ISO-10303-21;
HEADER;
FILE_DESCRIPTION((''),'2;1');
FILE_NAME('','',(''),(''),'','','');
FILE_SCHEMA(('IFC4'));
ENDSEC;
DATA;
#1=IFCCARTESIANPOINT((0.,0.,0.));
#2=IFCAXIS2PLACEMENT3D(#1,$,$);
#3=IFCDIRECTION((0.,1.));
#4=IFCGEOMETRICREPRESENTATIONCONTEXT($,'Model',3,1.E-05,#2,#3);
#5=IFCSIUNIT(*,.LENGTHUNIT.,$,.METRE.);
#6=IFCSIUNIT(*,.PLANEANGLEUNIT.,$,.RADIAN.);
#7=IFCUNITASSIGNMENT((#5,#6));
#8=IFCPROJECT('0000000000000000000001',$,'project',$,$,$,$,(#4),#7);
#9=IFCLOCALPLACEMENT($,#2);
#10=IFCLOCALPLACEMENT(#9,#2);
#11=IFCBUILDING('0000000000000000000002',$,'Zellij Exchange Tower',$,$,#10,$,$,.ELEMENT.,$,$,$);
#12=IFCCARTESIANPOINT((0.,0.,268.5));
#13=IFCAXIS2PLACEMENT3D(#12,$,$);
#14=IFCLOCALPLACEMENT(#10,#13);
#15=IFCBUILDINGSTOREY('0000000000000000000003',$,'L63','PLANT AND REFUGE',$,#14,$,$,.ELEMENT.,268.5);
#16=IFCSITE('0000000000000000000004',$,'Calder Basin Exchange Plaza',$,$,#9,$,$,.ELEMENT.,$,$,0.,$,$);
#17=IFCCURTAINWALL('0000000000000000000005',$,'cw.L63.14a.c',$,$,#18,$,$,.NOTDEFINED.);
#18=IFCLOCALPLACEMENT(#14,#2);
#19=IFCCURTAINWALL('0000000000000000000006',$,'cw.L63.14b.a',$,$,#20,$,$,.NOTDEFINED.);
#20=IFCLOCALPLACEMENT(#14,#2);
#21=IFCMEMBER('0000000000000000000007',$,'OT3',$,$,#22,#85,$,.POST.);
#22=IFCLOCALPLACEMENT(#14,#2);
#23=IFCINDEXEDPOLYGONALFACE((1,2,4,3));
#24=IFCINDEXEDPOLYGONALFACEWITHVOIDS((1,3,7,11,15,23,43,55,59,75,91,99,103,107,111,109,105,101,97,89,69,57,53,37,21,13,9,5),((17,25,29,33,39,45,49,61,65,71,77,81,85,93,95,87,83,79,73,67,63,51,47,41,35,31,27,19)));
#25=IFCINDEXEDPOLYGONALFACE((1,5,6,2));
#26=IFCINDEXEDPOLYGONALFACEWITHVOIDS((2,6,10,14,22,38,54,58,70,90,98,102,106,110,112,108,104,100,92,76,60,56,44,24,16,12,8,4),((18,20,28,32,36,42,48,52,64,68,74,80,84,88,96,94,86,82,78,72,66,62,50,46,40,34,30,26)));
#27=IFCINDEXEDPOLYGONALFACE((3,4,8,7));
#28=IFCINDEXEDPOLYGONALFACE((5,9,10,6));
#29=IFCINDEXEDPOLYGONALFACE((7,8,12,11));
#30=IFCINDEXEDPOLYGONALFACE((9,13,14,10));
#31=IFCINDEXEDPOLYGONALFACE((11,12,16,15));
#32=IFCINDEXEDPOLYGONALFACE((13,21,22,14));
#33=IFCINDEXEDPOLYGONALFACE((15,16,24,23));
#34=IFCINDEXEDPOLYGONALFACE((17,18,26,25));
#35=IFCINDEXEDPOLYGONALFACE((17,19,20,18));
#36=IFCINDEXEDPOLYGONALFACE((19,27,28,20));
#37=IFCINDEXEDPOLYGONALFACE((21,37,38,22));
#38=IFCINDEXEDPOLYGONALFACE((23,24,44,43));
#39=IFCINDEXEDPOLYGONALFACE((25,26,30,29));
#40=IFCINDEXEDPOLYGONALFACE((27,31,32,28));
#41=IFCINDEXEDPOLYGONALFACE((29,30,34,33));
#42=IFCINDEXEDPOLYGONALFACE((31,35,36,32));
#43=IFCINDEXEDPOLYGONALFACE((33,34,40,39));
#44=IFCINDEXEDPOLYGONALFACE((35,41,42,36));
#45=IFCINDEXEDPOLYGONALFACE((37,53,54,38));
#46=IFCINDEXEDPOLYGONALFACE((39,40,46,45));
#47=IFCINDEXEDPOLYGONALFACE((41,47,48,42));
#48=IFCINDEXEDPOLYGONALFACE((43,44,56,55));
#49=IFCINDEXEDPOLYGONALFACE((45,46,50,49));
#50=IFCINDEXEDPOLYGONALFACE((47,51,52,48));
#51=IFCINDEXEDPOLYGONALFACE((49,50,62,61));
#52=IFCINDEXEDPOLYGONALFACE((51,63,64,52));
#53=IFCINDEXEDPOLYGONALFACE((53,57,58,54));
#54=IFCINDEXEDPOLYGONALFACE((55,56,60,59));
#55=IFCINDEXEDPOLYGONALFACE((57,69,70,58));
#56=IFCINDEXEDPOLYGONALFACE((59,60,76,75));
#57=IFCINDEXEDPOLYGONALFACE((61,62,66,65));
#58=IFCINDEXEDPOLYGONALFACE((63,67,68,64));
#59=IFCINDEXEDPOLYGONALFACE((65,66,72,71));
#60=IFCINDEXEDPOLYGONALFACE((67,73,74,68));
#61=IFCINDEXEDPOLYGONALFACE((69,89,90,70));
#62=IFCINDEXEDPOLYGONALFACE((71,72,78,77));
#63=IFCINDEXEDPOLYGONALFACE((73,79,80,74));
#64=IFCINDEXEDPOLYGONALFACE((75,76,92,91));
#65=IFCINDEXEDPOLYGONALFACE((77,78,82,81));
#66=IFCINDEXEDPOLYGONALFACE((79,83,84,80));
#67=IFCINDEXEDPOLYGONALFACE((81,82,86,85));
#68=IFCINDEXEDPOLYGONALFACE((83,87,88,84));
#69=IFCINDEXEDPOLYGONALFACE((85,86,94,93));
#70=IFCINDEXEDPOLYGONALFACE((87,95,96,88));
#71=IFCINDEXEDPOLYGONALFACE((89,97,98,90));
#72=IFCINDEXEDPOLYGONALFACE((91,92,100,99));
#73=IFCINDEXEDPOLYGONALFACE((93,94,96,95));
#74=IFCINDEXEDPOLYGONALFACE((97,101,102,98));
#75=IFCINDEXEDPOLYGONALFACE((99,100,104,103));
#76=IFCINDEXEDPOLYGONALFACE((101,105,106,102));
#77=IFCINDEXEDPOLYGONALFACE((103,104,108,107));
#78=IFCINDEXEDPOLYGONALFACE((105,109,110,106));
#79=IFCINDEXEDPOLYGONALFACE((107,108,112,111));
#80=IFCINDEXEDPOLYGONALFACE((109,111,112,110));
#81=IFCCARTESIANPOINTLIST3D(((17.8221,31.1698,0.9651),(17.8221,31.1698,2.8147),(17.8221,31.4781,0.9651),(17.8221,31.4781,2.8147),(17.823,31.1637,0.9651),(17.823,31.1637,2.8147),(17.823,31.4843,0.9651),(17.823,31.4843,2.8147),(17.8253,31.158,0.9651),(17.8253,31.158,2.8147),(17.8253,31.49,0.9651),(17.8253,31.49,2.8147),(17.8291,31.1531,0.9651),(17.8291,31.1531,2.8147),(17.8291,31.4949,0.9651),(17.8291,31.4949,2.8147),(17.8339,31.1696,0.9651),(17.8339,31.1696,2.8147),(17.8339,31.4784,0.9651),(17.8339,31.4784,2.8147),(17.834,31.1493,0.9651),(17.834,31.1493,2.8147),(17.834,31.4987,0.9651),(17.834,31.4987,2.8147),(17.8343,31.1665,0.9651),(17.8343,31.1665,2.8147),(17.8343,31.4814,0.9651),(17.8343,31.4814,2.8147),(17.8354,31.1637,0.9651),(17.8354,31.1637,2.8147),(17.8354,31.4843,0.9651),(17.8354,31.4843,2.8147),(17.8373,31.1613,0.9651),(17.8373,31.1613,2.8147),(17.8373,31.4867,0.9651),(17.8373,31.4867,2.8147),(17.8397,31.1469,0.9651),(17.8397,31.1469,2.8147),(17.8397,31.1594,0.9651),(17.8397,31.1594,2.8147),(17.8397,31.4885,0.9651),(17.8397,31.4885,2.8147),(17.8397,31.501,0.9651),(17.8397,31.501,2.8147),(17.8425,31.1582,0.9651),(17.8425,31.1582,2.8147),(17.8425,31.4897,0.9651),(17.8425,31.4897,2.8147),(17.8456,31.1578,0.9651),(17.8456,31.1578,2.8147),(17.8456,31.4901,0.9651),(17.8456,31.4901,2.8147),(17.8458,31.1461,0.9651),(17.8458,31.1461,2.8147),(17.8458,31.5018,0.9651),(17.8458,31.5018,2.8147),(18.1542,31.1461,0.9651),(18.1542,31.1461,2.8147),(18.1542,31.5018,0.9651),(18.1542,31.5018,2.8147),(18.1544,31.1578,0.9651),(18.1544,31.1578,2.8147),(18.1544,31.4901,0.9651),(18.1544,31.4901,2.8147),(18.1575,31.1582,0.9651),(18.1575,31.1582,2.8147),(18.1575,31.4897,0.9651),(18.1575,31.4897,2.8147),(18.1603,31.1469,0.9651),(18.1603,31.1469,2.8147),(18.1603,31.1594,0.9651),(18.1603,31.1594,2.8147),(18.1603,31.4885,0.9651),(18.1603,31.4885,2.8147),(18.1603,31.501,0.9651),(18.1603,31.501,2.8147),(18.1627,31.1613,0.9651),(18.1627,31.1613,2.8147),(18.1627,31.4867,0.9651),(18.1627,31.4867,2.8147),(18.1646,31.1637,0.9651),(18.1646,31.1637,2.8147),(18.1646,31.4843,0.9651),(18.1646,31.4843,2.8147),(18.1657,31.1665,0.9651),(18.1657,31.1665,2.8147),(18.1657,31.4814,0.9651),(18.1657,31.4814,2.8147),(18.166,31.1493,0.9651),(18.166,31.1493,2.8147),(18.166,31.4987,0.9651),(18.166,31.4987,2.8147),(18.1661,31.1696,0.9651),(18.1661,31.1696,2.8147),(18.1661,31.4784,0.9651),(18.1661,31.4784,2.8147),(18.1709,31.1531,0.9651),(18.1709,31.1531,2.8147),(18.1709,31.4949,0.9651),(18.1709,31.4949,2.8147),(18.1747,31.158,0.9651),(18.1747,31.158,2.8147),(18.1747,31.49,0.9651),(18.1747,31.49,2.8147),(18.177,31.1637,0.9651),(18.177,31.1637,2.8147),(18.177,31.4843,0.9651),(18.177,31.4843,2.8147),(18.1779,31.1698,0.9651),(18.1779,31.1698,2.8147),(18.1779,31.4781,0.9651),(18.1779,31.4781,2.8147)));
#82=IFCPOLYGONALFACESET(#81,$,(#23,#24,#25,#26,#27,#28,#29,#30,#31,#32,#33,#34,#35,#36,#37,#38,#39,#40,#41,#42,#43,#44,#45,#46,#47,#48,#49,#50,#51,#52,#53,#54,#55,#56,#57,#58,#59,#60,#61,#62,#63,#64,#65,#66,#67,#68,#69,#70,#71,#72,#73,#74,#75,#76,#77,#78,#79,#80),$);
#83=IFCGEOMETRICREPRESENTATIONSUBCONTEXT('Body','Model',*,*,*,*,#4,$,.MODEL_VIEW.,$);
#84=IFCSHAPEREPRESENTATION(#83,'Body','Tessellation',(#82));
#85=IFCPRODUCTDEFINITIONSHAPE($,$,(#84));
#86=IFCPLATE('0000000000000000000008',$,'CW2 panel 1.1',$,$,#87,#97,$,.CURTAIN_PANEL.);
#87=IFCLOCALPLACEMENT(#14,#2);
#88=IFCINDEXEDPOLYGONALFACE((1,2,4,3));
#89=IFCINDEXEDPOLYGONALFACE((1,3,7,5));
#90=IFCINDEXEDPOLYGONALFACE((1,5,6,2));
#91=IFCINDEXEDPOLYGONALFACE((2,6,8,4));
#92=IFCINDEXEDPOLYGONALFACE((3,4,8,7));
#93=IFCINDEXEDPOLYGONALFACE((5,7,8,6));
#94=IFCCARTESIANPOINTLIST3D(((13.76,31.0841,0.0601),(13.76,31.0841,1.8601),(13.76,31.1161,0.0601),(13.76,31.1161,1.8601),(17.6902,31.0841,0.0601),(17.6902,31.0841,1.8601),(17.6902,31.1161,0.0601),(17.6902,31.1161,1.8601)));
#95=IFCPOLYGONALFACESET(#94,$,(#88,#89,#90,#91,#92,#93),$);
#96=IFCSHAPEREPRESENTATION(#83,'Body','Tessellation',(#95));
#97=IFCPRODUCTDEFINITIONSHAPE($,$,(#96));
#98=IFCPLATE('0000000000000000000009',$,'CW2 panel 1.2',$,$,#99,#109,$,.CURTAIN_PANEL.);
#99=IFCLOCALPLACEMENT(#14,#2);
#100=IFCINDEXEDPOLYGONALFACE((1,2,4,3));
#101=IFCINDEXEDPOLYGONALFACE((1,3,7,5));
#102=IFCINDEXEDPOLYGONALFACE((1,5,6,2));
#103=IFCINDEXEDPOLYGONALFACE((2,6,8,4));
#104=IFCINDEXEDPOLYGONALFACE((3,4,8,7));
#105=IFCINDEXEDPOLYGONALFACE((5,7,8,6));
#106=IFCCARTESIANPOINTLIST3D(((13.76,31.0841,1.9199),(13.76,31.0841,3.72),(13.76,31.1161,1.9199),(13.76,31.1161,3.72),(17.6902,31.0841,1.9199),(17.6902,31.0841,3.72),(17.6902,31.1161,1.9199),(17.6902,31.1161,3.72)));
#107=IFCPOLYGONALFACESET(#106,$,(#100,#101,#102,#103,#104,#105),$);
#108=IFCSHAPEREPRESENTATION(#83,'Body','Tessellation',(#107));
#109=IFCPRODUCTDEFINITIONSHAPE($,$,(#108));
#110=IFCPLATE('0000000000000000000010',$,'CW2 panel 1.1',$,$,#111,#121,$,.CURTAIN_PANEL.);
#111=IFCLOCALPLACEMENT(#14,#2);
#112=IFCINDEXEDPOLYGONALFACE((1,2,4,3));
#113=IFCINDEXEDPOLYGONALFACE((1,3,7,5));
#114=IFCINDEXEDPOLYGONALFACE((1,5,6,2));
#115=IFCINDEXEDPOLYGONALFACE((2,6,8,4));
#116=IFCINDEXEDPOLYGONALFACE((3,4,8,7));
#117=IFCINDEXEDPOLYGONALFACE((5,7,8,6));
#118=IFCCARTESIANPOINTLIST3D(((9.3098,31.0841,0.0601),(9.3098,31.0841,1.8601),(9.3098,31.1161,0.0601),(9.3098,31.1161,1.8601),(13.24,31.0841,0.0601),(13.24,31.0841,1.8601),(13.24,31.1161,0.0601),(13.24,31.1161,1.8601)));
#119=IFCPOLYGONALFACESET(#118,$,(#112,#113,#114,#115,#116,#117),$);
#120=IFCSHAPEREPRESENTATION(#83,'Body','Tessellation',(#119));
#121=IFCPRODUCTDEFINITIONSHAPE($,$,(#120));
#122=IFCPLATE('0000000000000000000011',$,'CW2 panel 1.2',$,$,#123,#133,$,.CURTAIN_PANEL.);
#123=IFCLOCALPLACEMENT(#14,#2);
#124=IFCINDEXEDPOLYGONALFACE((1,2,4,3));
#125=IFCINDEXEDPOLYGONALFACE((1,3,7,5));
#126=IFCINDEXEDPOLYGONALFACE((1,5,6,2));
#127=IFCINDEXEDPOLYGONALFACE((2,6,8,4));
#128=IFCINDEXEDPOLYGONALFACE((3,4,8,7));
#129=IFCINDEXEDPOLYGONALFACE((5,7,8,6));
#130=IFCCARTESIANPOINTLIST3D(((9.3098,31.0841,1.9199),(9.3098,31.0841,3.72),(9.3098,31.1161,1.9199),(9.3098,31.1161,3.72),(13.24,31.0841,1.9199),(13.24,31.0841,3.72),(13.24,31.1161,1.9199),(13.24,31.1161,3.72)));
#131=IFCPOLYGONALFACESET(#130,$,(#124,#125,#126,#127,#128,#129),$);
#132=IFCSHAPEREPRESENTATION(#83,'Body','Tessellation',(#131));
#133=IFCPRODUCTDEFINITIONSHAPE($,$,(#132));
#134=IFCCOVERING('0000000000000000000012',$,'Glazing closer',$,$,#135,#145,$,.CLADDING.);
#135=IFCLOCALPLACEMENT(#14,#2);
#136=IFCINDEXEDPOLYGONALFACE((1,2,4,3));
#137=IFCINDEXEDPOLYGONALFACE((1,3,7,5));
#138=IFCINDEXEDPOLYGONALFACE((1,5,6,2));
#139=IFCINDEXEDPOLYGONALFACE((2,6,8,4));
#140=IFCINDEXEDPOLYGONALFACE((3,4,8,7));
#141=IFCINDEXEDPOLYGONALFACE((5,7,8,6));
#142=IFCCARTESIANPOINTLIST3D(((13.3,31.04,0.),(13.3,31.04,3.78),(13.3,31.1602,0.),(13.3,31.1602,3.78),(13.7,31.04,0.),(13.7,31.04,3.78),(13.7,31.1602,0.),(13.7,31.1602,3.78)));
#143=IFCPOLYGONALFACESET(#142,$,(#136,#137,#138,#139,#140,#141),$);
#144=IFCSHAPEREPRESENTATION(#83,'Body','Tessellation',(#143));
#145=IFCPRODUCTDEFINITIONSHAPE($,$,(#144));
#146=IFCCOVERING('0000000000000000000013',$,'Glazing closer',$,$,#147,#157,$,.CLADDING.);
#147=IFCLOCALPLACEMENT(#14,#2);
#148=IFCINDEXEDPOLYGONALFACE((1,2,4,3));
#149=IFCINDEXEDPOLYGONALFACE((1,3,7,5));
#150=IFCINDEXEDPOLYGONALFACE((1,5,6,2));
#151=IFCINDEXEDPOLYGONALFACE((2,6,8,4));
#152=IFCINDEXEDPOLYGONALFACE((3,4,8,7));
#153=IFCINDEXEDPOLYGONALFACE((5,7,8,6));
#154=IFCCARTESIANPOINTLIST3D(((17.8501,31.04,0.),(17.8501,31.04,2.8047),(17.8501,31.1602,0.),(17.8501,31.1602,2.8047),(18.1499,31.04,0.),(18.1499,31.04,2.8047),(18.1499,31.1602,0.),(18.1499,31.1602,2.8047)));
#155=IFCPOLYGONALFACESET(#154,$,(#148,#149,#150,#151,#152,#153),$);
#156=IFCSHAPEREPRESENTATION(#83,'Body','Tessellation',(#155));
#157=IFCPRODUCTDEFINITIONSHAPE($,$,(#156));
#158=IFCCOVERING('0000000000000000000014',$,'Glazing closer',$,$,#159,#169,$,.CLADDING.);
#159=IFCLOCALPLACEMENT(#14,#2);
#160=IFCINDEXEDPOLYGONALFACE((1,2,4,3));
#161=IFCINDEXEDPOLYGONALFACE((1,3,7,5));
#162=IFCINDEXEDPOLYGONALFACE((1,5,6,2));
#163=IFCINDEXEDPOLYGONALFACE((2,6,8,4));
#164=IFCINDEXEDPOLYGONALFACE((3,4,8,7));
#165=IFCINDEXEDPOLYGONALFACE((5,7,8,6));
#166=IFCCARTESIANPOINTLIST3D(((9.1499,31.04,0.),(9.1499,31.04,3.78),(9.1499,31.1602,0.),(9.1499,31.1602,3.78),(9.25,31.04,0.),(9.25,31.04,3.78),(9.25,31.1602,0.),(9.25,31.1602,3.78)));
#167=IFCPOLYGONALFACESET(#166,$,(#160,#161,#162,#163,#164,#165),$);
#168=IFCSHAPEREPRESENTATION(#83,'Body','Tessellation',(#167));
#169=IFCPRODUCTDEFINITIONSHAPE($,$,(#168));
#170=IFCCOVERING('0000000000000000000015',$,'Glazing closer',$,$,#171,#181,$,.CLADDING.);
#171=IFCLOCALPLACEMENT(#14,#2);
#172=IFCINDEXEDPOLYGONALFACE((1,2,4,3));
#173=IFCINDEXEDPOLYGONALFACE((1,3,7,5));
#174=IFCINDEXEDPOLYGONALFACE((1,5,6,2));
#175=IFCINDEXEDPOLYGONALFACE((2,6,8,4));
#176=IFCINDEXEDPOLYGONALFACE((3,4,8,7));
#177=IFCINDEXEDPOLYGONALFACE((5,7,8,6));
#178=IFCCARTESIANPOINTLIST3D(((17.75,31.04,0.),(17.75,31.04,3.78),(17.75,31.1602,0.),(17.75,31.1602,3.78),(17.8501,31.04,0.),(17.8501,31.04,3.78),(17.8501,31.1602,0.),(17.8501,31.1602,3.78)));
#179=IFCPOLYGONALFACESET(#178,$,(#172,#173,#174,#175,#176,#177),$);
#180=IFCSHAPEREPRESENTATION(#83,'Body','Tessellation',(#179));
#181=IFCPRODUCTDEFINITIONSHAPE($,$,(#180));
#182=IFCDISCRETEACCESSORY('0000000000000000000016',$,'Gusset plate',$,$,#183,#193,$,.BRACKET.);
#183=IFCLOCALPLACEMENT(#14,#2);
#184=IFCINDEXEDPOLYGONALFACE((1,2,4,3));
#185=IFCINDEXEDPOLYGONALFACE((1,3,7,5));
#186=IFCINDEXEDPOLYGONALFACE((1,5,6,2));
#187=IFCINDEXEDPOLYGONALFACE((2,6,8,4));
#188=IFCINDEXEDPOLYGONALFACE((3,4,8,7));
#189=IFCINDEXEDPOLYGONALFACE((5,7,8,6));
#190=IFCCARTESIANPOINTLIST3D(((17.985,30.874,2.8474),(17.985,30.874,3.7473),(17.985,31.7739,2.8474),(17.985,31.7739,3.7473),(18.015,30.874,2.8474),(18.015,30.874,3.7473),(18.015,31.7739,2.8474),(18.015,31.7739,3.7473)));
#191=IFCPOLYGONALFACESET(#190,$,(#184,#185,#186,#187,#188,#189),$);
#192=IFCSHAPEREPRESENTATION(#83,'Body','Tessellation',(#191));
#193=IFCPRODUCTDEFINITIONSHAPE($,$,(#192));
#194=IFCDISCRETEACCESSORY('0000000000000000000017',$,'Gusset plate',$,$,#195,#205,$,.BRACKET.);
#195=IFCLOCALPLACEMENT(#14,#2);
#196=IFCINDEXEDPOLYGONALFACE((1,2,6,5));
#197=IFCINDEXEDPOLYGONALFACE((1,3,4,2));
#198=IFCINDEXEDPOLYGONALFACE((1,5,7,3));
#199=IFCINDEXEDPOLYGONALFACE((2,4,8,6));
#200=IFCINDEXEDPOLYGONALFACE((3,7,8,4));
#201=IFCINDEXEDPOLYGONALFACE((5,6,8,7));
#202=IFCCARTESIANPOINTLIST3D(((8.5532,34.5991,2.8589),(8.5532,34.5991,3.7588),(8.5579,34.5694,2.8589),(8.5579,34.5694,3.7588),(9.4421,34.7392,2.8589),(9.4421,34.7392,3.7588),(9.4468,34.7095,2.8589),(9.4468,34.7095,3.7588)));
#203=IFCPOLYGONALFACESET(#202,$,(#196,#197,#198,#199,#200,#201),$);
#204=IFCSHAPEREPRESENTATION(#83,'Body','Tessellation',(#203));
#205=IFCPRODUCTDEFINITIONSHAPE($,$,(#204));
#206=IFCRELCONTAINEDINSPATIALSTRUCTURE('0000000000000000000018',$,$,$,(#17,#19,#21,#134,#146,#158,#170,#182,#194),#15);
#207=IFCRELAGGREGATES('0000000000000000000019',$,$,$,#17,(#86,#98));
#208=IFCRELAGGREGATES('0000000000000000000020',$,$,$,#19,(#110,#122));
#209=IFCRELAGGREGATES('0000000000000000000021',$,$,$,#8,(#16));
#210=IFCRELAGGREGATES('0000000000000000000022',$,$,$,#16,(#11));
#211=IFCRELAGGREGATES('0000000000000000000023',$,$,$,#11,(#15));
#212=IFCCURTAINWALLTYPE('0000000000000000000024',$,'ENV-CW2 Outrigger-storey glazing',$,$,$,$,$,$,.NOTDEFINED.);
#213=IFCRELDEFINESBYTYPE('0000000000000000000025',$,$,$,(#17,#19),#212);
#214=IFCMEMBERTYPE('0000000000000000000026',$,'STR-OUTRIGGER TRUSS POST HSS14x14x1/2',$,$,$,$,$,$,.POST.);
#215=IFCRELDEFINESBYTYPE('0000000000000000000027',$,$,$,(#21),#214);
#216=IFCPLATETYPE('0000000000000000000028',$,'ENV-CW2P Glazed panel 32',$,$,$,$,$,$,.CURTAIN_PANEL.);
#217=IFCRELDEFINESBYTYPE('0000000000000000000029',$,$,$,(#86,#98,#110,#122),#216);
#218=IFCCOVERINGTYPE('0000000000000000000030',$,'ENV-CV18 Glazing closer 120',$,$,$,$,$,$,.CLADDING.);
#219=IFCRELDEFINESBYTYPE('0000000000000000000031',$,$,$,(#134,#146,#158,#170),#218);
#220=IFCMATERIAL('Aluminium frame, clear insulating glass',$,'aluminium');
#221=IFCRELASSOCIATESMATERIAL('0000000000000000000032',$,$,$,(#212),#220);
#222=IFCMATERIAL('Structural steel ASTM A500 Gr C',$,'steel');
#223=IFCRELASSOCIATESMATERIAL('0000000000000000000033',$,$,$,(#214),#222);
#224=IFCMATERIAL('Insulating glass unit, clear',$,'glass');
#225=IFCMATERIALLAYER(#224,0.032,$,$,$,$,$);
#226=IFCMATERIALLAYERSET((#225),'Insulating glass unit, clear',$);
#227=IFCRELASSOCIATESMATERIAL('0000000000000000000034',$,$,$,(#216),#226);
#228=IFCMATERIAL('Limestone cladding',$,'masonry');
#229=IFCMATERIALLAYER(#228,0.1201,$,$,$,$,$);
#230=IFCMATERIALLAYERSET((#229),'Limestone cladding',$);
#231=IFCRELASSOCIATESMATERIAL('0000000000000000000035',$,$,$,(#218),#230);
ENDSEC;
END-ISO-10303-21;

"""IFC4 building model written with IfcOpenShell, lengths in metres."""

from ifc_helpers import new_model, si_unit, direction, frame, origin, origin_2d, place, context, subcontext, project, spatial, rectangle, hollow_rectangle, extrude, material, layer, layer_set, material_profile, profile_set, type_object, element, aggregate, save


model = new_model("IFC4")

# Units and contexts
model_context = context("Model", 3, precision=1e-05, world=origin(), true_north=direction((0.0, 1.0)))
body_context = subcontext(model_context, "Body", "Model", "MODEL_VIEW")
ifc_project = project(units=[si_unit("LENGTHUNIT", "METRE"), si_unit("PLANEANGLEUNIT", "RADIAN")], contexts=[model_context])

# Site, building, storey
site_placement = place(None, origin())
site = spatial("IfcSite", under=ifc_project, at=site_placement, Name="Calder Basin Exchange Plaza", CompositionType="ELEMENT", RefElevation=0.0)
building_placement = place(site_placement, origin())
building = spatial("IfcBuilding", under=site, at=building_placement, Name="Zellij Exchange Tower", CompositionType="ELEMENT")
storey_placement = place(building_placement, frame((0.0, 0.0, 268.5)))
storey = spatial("IfcBuildingStorey", under=building, at=storey_placement, Name="L63", Description="PLANT AND REFUGE", CompositionType="ELEMENT", Elevation=268.5)

# Curtain walls
ifc_material_1 = material(Name="Aluminium frame, clear insulating glass", Category="aluminium")
curtain_wall_type = type_object("IfcCurtainWallType", Name="ENV-CW2 Outrigger-storey glazing", PredefinedType="NOTDEFINED", material=ifc_material_1)
curtain_wall_1_placement = place(storey_placement, origin())
curtain_wall_1 = element("IfcCurtainWall", 1, at=curtain_wall_1_placement, inside=storey, type_object=curtain_wall_type, Name="cw.L63.14a.c", PredefinedType="NOTDEFINED")
curtain_wall_2_placement = place(storey_placement, origin())
curtain_wall_2 = element("IfcCurtainWall", 2, at=curtain_wall_2_placement, inside=storey, type_object=curtain_wall_type, Name="cw.L63.14b.a", PredefinedType="NOTDEFINED")

# Member
ifc_material_2 = material(Name="Structural steel ASTM A500 Gr C", Category="steel")
ifc_material_profile_1 = material_profile(ifc_material_2, hollow_rectangle(XDim=0.3557, YDim=0.3557, WallThickness=0.0117, InnerFilletRadius=0.0117, OuterFilletRadius=0.0237, at=origin_2d()), Name="STR-OUTRIGGER TRUSS POST HSS14x14x1/2")
ifc_profile_set_1 = profile_set([ifc_material_profile_1], Name="Structural steel ASTM A500 Gr C")
member_type_1 = type_object("IfcMemberType", Name="STR-OUTRIGGER TRUSS POST HSS14x14x1/2", PredefinedType="POST", material=ifc_profile_set_1)
member_1_placement = place(storey_placement, frame((18.0, 31.324, 0.9651), z_axis=(0.0, 0.0, 1.0), x_axis=(1.0, 0.0, 0.0)))
element("IfcMember", 3, at=member_1_placement, inside=storey, type_object=member_type_1, Name="OT3", PredefinedType="POST", context=body_context, shape_type="SweptSolid", body=[
    extrude(hollow_rectangle(XDim=0.3557, YDim=0.3557, WallThickness=0.0117, InnerFilletRadius=0.0117, OuterFilletRadius=0.0237, at=origin_2d()), origin(), (0.0, 0.0, 1.0), 1.8496),
])

# Plates
ifc_material_3 = material(Name="Insulating glass unit, clear", Category="glass")
ifc_layer_1 = layer(ifc_material_3, 0.032)
ifc_layer_set_1 = layer_set([ifc_layer_1], Name="Insulating glass unit, clear")
plate_type = type_object("IfcPlateType", Name="ENV-CW2P Glazed panel 32", PredefinedType="CURTAIN_PANEL", material=ifc_layer_set_1)
plate_1_placement = place(storey_placement, frame((15.7251, 31.1001, 0.0601), z_axis=(0.0, 0.0, 1.0), x_axis=(-1.0, 0.0, 0.0)))
plate_1 = element("IfcPlate", 4, at=plate_1_placement, type_object=plate_type, Name="CW2 panel 1.1", PredefinedType="CURTAIN_PANEL", context=body_context, shape_type="SweptSolid", body=[
    extrude(rectangle(XDim=3.9302, YDim=0.032, at=origin_2d()), origin(), (0.0, 0.0, 1.0), 1.8),
])
plate_2_placement = place(storey_placement, frame((15.7251, 31.1001, 1.9199), z_axis=(0.0, 0.0, 1.0), x_axis=(-1.0, 0.0, 0.0)))
plate_2 = element("IfcPlate", 5, at=plate_2_placement, type_object=plate_type, Name="CW2 panel 1.2", PredefinedType="CURTAIN_PANEL", context=body_context, shape_type="SweptSolid", body=[
    extrude(rectangle(XDim=3.9302, YDim=0.032, at=origin_2d()), origin(), (0.0, 0.0, 1.0), 1.8),
])
aggregate(curtain_wall_1, [plate_1, plate_2])
plate_3_placement = place(storey_placement, frame((11.2749, 31.1001, 0.0601), z_axis=(0.0, 0.0, 1.0), x_axis=(-1.0, 0.0, 0.0)))
plate_3 = element("IfcPlate", 6, at=plate_3_placement, type_object=plate_type, Name="CW2 panel 1.1", PredefinedType="CURTAIN_PANEL", context=body_context, shape_type="SweptSolid", body=[
    extrude(rectangle(XDim=3.9302, YDim=0.032, at=origin_2d()), origin(), (0.0, 0.0, 1.0), 1.8),
])
plate_4_placement = place(storey_placement, frame((11.2749, 31.1001, 1.9199), z_axis=(0.0, 0.0, 1.0), x_axis=(-1.0, 0.0, 0.0)))
plate_4 = element("IfcPlate", 7, at=plate_4_placement, type_object=plate_type, Name="CW2 panel 1.2", PredefinedType="CURTAIN_PANEL", context=body_context, shape_type="SweptSolid", body=[
    extrude(rectangle(XDim=3.9302, YDim=0.032, at=origin_2d()), origin(), (0.0, 0.0, 1.0), 1.8),
])
aggregate(curtain_wall_2, [plate_3, plate_4])

# Coverings
ifc_material_4 = material(Name="Limestone cladding", Category="masonry")
ifc_layer_2 = layer(ifc_material_4, 0.1201)
ifc_layer_set_2 = layer_set([ifc_layer_2], Name="Limestone cladding")
covering_type = type_object("IfcCoveringType", Name="ENV-CV18 Glazing closer 120", PredefinedType="CLADDING", material=ifc_layer_set_2)
covering_1_placement = place(storey_placement, frame((13.5, 31.1001, 0.0), z_axis=(0.0, 0.0, 1.0), x_axis=(-1.0, 0.0, 0.0)))
element("IfcCovering", 8, at=covering_1_placement, inside=storey, type_object=covering_type, Name="Glazing closer", PredefinedType="CLADDING", context=body_context, shape_type="SweptSolid", body=[
    extrude(rectangle(XDim=0.3999, YDim=0.1201, at=origin_2d()), origin(), (0.0, 0.0, 1.0), 3.78),
])
covering_2_placement = place(storey_placement, frame((18.0, 31.1001, 0.0), z_axis=(0.0, 0.0, 1.0), x_axis=(-1.0, 0.0, 0.0)))
element("IfcCovering", 9, at=covering_2_placement, inside=storey, type_object=covering_type, Name="Glazing closer", PredefinedType="CLADDING", context=body_context, shape_type="SweptSolid", body=[
    extrude(rectangle(XDim=0.2998, YDim=0.1201, at=origin_2d()), origin(), (0.0, 0.0, 1.0), 2.8047),
])
for number, where, z_axis, x_axis, name in (
    (10, (9.2, 31.1001, 0.0), (0.0, 0.0, 1.0), (-1.0, 0.0, 0.0), "Glazing closer"),
    (11, (17.8, 31.1001, 0.0), (0.0, 0.0, 1.0), (-1.0, 0.0, 0.0), "Glazing closer"),
):
    element("IfcCovering", number, at=place(storey_placement, frame(where, z_axis=z_axis, x_axis=x_axis)), inside=storey, type_object=covering_type, Name=name, PredefinedType="CLADDING", context=body_context, shape_type="SweptSolid", body=[
        extrude(rectangle(XDim=0.1001, YDim=0.1201, at=origin_2d()), origin(), (0.0, 0.0, 1.0), 3.78),
    ])

# Discrete accessories
for number, where, z_axis, x_axis, name in (
    (12, (18.0, 31.324, 2.8474), (0.0, 0.0, 1.0), (0.0, 1.0, 0.0), "Gusset plate"),
    (13, (9.0, 34.6543, 2.8589), (0.0, 0.0, 1.0), (0.987801, 0.155721, 0.0), "Gusset plate"),
):
    element("IfcDiscreteAccessory", number, at=place(storey_placement, frame(where, z_axis=z_axis, x_axis=x_axis)), inside=storey, Name=name, PredefinedType="BRACKET", context=body_context, shape_type="SweptSolid", body=[
        extrude(rectangle(XDim=0.8999, YDim=0.03, at=origin_2d()), origin(), (0.0, 0.0, 1.0), 0.8999),
    ])

save(model, "model.ifc")
